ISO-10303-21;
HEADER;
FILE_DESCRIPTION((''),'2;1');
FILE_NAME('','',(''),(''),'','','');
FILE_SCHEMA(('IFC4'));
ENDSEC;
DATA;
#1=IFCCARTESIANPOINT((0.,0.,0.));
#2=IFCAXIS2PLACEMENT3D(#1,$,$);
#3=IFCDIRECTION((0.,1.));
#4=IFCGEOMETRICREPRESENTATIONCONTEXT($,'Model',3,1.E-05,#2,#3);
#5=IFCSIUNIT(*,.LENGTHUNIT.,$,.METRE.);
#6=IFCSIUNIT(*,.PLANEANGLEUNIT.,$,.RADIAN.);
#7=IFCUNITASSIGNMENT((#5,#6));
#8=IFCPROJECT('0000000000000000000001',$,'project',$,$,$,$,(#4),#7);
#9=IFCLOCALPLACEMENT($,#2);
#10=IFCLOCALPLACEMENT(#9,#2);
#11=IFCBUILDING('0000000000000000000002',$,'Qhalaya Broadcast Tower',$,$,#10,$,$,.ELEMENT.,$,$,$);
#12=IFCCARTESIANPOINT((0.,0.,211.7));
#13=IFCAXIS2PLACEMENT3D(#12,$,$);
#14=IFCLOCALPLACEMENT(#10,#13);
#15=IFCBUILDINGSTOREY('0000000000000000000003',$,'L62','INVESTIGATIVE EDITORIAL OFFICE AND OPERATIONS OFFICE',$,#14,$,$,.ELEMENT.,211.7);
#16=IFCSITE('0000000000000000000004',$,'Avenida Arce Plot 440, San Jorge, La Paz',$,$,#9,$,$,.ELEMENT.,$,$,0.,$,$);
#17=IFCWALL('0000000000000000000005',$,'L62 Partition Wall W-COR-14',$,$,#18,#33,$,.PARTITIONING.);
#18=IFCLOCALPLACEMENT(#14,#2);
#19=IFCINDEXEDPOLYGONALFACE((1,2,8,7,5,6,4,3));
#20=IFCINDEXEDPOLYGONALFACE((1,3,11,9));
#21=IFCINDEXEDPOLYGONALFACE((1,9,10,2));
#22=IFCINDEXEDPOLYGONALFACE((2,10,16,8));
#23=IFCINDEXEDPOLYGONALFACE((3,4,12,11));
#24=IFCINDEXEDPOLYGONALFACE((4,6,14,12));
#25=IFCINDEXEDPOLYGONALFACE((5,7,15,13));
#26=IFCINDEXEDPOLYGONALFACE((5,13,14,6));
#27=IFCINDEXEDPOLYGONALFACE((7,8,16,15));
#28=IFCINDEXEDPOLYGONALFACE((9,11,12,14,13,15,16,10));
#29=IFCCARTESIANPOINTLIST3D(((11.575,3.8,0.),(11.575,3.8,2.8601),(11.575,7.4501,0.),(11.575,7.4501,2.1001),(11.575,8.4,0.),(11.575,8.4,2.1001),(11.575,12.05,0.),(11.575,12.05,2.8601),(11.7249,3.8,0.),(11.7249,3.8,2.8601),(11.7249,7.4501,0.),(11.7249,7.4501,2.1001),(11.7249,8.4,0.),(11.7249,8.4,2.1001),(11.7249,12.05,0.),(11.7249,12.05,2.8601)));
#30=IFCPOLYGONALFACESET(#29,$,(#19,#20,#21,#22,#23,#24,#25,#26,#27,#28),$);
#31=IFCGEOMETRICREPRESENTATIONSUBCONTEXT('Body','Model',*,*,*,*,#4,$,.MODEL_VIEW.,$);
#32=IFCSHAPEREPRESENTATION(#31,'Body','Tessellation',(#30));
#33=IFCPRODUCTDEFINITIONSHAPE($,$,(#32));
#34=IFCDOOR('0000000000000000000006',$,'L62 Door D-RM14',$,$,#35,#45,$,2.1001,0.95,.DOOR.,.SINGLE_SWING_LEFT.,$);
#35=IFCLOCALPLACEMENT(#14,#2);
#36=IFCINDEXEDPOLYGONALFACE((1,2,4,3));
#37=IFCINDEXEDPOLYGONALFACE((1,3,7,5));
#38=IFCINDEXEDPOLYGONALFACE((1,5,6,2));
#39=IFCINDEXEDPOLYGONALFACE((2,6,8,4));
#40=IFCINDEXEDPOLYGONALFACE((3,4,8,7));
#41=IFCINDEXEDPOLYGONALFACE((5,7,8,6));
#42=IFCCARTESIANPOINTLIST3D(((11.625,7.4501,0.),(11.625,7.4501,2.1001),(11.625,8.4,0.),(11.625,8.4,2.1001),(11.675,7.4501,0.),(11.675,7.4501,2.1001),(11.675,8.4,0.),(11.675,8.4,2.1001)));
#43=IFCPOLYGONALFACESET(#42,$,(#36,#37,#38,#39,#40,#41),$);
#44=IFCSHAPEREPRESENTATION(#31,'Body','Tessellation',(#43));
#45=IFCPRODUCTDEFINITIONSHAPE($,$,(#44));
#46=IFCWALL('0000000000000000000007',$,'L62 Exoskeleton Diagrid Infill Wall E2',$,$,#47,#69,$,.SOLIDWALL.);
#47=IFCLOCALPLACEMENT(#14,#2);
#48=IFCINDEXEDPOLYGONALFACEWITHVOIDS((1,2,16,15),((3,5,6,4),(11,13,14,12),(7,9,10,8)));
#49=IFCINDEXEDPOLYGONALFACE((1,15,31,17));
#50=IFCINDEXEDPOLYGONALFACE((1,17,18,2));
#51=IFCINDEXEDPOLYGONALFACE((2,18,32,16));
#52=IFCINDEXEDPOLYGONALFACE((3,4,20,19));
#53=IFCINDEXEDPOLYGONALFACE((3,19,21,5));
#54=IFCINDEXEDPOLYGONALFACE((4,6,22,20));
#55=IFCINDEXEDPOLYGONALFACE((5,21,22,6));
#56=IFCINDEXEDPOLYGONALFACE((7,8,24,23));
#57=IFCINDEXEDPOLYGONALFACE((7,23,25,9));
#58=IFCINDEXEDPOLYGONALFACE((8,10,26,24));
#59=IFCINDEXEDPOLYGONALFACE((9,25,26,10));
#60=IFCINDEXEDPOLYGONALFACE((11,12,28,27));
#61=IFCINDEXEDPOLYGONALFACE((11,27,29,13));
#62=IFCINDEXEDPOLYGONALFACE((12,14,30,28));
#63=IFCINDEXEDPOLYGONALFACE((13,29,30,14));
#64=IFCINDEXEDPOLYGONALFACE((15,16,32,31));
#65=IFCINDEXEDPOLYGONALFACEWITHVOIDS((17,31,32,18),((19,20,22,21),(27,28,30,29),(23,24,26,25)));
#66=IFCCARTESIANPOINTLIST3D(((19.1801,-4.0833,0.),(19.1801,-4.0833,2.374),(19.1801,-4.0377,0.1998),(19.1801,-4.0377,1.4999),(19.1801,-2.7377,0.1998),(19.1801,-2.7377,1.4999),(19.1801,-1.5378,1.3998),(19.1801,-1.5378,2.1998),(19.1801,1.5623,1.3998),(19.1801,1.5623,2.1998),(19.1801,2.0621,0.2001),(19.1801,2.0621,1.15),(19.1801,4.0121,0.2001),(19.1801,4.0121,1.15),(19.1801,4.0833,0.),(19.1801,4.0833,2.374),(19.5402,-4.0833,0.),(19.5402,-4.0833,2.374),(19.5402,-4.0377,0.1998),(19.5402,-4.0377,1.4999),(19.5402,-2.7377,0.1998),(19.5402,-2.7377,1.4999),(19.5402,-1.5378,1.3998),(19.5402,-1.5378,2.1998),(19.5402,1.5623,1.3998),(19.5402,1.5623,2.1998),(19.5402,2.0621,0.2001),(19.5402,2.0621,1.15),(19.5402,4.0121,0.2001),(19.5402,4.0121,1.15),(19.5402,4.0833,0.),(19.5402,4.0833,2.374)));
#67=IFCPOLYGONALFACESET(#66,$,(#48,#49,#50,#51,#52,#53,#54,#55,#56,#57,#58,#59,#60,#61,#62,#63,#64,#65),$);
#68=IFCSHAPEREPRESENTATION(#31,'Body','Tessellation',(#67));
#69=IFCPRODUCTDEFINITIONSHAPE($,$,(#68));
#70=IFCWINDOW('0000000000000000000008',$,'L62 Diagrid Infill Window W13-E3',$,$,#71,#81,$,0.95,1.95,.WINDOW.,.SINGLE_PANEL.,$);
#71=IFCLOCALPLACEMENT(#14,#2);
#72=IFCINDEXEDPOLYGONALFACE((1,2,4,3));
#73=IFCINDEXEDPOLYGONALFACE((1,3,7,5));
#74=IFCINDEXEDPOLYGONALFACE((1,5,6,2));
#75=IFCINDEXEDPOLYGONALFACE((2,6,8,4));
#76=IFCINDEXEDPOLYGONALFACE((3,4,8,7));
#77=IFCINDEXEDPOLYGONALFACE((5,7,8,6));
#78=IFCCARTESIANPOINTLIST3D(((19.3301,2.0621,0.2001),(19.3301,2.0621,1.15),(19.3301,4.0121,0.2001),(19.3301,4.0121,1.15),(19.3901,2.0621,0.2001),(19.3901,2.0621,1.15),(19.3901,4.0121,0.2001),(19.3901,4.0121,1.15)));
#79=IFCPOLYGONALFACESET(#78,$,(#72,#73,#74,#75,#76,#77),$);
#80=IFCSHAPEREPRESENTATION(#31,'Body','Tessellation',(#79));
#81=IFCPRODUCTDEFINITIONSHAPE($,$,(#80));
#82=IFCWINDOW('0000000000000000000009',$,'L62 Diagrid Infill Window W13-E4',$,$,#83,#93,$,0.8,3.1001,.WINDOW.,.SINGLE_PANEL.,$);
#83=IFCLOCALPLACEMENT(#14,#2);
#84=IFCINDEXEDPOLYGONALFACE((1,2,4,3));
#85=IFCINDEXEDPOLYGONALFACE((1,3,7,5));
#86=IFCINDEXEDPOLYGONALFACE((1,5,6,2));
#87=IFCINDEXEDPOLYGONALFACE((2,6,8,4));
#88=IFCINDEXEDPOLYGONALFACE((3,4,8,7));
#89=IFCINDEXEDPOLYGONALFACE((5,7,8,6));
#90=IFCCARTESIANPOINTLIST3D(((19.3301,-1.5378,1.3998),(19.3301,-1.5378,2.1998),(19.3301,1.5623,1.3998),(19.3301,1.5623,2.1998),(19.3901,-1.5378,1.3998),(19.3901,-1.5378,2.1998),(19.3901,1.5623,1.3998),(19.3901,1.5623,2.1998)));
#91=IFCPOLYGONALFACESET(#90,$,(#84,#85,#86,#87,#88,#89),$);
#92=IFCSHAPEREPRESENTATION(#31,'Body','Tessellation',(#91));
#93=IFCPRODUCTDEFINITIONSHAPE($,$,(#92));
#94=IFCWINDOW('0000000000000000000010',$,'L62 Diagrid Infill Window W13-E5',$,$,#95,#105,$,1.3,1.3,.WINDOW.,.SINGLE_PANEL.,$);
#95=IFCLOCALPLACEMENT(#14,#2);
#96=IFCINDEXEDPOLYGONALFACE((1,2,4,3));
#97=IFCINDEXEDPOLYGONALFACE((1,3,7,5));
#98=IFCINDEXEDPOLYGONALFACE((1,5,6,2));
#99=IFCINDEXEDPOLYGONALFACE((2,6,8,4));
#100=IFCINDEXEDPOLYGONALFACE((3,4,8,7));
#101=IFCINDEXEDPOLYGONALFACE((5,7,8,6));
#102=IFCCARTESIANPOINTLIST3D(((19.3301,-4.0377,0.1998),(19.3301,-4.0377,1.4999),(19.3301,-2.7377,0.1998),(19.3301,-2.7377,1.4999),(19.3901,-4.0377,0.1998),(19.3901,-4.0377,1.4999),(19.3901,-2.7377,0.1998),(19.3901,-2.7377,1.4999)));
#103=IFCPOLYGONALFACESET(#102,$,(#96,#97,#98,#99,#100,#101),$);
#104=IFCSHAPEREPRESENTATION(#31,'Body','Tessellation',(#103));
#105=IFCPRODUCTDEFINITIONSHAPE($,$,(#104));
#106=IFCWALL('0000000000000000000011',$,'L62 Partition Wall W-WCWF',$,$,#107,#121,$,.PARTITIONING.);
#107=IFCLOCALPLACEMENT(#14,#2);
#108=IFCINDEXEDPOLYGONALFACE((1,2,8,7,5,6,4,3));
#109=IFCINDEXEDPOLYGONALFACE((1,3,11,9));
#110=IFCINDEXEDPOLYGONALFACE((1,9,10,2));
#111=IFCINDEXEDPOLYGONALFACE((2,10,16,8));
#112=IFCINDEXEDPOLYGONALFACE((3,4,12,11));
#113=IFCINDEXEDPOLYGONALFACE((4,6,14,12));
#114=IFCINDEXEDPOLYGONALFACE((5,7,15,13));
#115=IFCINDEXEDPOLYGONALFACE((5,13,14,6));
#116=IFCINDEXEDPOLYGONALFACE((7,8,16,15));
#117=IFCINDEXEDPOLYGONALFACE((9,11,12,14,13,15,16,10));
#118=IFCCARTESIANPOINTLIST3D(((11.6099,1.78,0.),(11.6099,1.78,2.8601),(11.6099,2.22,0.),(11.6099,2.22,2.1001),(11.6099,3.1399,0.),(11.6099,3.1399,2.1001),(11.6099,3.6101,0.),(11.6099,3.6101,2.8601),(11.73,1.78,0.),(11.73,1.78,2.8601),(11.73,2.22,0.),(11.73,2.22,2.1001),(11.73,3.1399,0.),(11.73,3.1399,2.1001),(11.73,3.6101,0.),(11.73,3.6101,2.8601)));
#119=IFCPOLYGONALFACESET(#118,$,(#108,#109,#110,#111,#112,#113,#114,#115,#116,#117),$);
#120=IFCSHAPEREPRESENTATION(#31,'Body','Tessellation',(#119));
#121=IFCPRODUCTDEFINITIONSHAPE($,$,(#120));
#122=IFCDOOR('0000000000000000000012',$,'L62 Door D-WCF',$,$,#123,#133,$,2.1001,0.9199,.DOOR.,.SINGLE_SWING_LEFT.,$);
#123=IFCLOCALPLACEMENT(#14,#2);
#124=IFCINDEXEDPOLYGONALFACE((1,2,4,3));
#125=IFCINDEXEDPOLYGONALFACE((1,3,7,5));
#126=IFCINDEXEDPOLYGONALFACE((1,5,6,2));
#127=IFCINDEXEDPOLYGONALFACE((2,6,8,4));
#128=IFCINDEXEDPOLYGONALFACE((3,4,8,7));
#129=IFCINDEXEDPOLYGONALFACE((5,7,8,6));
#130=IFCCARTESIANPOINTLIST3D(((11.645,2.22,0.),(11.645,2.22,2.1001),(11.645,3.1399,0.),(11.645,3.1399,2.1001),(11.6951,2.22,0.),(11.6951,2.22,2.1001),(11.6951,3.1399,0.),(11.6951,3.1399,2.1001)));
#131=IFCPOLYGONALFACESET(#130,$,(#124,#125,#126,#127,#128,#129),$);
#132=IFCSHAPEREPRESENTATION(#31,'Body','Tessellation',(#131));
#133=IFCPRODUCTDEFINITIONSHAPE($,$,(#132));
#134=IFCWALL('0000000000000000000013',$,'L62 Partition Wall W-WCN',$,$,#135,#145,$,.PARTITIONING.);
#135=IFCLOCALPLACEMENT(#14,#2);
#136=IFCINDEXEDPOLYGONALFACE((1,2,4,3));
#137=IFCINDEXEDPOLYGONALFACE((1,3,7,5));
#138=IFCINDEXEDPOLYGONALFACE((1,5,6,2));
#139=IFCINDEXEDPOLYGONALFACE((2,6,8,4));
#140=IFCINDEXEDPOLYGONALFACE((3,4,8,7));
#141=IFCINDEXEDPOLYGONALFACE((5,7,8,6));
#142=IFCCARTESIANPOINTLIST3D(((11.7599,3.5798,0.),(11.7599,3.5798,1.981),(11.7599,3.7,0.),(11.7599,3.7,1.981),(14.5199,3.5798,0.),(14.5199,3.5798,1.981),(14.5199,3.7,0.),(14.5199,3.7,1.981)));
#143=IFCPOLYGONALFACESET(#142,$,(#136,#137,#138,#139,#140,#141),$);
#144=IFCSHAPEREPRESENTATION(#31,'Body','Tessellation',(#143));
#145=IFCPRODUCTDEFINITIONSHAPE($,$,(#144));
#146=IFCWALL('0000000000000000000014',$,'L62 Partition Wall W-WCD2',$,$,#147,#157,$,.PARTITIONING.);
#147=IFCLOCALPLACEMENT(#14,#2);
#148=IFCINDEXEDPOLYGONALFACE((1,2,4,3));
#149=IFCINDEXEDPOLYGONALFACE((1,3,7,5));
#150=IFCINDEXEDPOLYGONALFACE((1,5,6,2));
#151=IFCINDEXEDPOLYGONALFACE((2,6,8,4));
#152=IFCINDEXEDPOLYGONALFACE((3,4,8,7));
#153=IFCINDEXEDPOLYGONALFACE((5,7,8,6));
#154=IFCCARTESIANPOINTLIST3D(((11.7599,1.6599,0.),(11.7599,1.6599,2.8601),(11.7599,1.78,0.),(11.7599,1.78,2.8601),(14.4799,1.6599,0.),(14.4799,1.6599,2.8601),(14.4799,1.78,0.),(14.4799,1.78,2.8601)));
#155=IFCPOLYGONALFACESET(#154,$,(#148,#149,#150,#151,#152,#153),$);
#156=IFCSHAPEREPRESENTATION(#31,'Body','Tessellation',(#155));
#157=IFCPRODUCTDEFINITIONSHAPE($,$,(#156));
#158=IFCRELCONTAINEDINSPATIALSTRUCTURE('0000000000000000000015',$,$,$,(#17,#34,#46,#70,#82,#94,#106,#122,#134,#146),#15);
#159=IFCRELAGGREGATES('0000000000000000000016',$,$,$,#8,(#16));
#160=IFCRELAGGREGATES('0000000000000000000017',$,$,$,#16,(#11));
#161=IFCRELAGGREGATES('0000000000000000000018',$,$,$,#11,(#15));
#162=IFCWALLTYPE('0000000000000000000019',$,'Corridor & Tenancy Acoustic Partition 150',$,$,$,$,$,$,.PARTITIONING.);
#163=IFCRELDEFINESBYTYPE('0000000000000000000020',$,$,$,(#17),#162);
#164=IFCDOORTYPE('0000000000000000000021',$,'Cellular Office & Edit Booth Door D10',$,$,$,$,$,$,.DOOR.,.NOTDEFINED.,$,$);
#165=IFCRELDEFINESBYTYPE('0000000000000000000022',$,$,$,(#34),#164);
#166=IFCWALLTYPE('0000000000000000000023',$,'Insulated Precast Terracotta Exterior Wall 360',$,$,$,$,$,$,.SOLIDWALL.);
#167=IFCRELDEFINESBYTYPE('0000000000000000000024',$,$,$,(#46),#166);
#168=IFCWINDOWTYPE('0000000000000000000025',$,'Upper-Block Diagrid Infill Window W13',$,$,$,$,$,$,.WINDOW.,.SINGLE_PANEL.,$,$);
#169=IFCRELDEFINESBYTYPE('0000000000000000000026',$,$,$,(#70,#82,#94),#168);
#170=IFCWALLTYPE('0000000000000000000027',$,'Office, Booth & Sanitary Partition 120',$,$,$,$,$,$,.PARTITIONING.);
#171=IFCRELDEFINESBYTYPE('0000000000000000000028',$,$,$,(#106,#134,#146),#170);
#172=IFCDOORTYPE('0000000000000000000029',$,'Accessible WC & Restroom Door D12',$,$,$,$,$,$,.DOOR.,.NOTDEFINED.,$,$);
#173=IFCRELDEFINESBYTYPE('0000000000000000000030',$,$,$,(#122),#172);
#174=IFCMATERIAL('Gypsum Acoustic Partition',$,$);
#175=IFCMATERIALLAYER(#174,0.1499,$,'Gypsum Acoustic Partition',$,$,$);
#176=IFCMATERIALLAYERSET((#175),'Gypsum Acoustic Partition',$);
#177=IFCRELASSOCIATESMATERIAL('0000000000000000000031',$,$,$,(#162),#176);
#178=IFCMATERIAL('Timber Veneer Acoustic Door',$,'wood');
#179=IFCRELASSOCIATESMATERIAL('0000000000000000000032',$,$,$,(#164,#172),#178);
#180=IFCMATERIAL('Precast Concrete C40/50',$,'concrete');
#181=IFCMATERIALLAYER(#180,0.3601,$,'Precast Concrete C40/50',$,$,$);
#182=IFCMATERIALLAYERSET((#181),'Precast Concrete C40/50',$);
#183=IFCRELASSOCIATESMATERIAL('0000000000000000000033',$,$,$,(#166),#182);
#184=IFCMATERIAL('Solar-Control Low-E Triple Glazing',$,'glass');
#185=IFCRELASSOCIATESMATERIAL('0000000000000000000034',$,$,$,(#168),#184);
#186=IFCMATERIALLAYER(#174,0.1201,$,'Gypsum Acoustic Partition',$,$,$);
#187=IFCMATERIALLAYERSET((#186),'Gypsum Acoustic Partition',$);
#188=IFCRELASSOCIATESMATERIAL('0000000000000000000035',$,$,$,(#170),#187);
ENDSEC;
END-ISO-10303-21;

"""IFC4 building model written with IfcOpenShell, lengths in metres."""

from ifc_helpers import new_model, si_unit, direction, frame, frame_2d, origin, place, context, subcontext, project, spatial, rectangle, extrude, material, layer, layer_set, type_object, element, fill, save


model = new_model("IFC4")

# Units and contexts
model_context = context("Model", 3, precision=1e-05, world=origin(), true_north=direction((0.0, 1.0)))
body_context = subcontext(model_context, "Body", "Model", "MODEL_VIEW")
ifc_project = project(units=[si_unit("LENGTHUNIT", "METRE"), si_unit("PLANEANGLEUNIT", "RADIAN")], contexts=[model_context])

# Site, building, storey
site_placement = place(None, origin())
site = spatial("IfcSite", under=ifc_project, at=site_placement, Name="Avenida Arce Plot 440, San Jorge, La Paz", CompositionType="ELEMENT", RefElevation=0.0)
building_placement = place(site_placement, origin())
building = spatial("IfcBuilding", under=site, at=building_placement, Name="Qhalaya Broadcast Tower", CompositionType="ELEMENT")
storey_placement = place(building_placement, frame((0.0, 0.0, 211.7)))
storey = spatial("IfcBuildingStorey", under=building, at=storey_placement, Name="L62", Description="INVESTIGATIVE EDITORIAL OFFICE AND OPERATIONS OFFICE", CompositionType="ELEMENT", Elevation=211.7)

# Wall, opening, door
ifc_material_1 = material(Name="Gypsum Acoustic Partition")
ifc_layer_1 = layer(ifc_material_1, 0.1499, Name="Gypsum Acoustic Partition")
ifc_layer_set_1 = layer_set([ifc_layer_1], Name="Gypsum Acoustic Partition")
wall_type_1 = type_object("IfcWallType", Name="Corridor & Tenancy Acoustic Partition 150", PredefinedType="PARTITIONING", material=ifc_layer_set_1)
wall_1_placement = place(storey_placement, frame((11.6499, 3.8, 0.0), z_axis=(0.0, 0.0, 1.0), x_axis=(0.0, 1.0, 0.0)))
wall_1 = element("IfcWall", 1, at=wall_1_placement, inside=storey, type_object=wall_type_1, Name="L62 Partition Wall W-COR-14", PredefinedType="PARTITIONING", context=body_context, shape_type="SweptSolid", body=[
    extrude(rectangle(XDim=8.25, YDim=0.1499, at=frame_2d((4.125, 0.0))), origin(), (0.0, 0.0, 1.0), 2.8601),
])
opening_1_placement = place(wall_1_placement, frame((3.6499, 0.0, 0.0)))
opening_1 = element("IfcOpeningElement", 2, at=opening_1_placement, cuts=wall_1, PredefinedType="OPENING", context=body_context, shape_type="SweptSolid", body=[
    extrude(rectangle(XDim=0.95, YDim=2.1001, at=frame_2d((0.4751, 1.05))), frame((0.0, 0.0869, 0.0), z_axis=(0.0, -1.0, 0.0), x_axis=(1.0, 0.0, 0.0)), (0.0, 0.0, 1.0), 0.1738),
])
ifc_material_2 = material(Name="Timber Veneer Acoustic Door", Category="wood")
door_type_1 = type_object("IfcDoorType", Name="Cellular Office & Edit Booth Door D10", OperationType="NOTDEFINED", PredefinedType="DOOR", material=ifc_material_2)
door_1_placement = place(opening_1_placement, origin())
door_1 = element("IfcDoor", 3, at=door_1_placement, inside=storey, type_object=door_type_1, Name="L62 Door D-RM14", OperationType="SINGLE_SWING_LEFT", OverallHeight=2.1001, OverallWidth=0.95, PredefinedType="DOOR", context=body_context, shape_type="SweptSolid", body=[
    extrude(rectangle(XDim=0.95, YDim=2.1001, at=frame_2d((0.4751, 1.05))), frame((0.0, 0.0249, 0.0), z_axis=(0.0, -1.0, 0.0), x_axis=(1.0, 0.0, 0.0)), (0.0, 0.0, 1.0), 0.05),
])
fill(opening_1, door_1)

# Wall, openings, windows
ifc_material_3 = material(Name="Precast Concrete C40/50", Category="concrete")
ifc_layer_2 = layer(ifc_material_3, 0.3601, Name="Precast Concrete C40/50")
ifc_layer_set_2 = layer_set([ifc_layer_2], Name="Precast Concrete C40/50")
wall_type_2 = type_object("IfcWallType", Name="Insulated Precast Terracotta Exterior Wall 360", PredefinedType="SOLIDWALL", material=ifc_layer_set_2)
wall_2_placement = place(storey_placement, frame((19.3601, 4.0833, 0.0), z_axis=(0.0, 0.0, 1.0), x_axis=(0.0, -1.0, 0.0)))
wall_2 = element("IfcWall", 4, at=wall_2_placement, inside=storey, type_object=wall_type_2, Name="L62 Exoskeleton Diagrid Infill Wall E2", PredefinedType="SOLIDWALL", context=body_context, shape_type="SweptSolid", body=[
    extrude(rectangle(XDim=8.1665, YDim=0.3601, at=frame_2d((4.0833, 0.0))), origin(), (0.0, 0.0, 1.0), 2.374),
])
opening_2_placement = place(wall_2_placement, frame((0.071, 0.0, 0.2)))
opening_2 = element("IfcOpeningElement", 5, at=opening_2_placement, cuts=wall_2, PredefinedType="OPENING", context=body_context, shape_type="SweptSolid", body=[
    extrude(rectangle(XDim=1.95, YDim=0.95, at=frame_2d((0.9751, 0.4751))), frame((0.0, 0.1921, 0.0), z_axis=(0.0, -1.0, 0.0), x_axis=(1.0, 0.0, 0.0)), (0.0, 0.0, 1.0), 0.384),
])
opening_3_placement = place(wall_2_placement, frame((2.521, 0.0, 1.3999)))
opening_3 = element("IfcOpeningElement", 6, at=opening_3_placement, cuts=wall_2, PredefinedType="OPENING", context=body_context, shape_type="SweptSolid", body=[
    extrude(rectangle(XDim=3.1001, YDim=0.8, at=frame_2d((1.55, 0.3999))), frame((0.0, 0.1921, 0.0), z_axis=(0.0, -1.0, 0.0), x_axis=(1.0, 0.0, 0.0)), (0.0, 0.0, 1.0), 0.384),
])
opening_4_placement = place(wall_2_placement, frame((6.821, 0.0, 0.2)))
opening_4 = element("IfcOpeningElement", 7, at=opening_4_placement, cuts=wall_2, PredefinedType="OPENING", context=body_context, shape_type="SweptSolid", body=[
    extrude(rectangle(XDim=1.3, YDim=1.3, at=frame_2d((0.6499, 0.6499))), frame((0.0, 0.1921, 0.0), z_axis=(0.0, -1.0, 0.0), x_axis=(1.0, 0.0, 0.0)), (0.0, 0.0, 1.0), 0.384),
])
ifc_material_4 = material(Name="Solar-Control Low-E Triple Glazing", Category="glass")
window_type = type_object("IfcWindowType", Name="Upper-Block Diagrid Infill Window W13", PartitioningType="SINGLE_PANEL", PredefinedType="WINDOW", material=ifc_material_4)
window_1_placement = place(opening_2_placement, origin())
window_1 = element("IfcWindow", 8, at=window_1_placement, inside=storey, type_object=window_type, Name="L62 Diagrid Infill Window W13-E3", OverallHeight=0.95, OverallWidth=1.95, PartitioningType="SINGLE_PANEL", PredefinedType="WINDOW", context=body_context, shape_type="SweptSolid", body=[
    extrude(rectangle(XDim=1.95, YDim=0.95, at=frame_2d((0.9751, 0.4751))), frame((0.0, 0.03, 0.0), z_axis=(0.0, -1.0, 0.0), x_axis=(1.0, 0.0, 0.0)), (0.0, 0.0, 1.0), 0.0601),
])
fill(opening_2, window_1)
window_2_placement = place(opening_3_placement, origin())
window_2 = element("IfcWindow", 9, at=window_2_placement, inside=storey, type_object=window_type, Name="L62 Diagrid Infill Window W13-E4", OverallHeight=0.8, OverallWidth=3.1001, PartitioningType="SINGLE_PANEL", PredefinedType="WINDOW", context=body_context, shape_type="SweptSolid", body=[
    extrude(rectangle(XDim=3.1001, YDim=0.8, at=frame_2d((1.55, 0.3999))), frame((0.0, 0.03, 0.0), z_axis=(0.0, -1.0, 0.0), x_axis=(1.0, 0.0, 0.0)), (0.0, 0.0, 1.0), 0.0601),
])
fill(opening_3, window_2)
window_3_placement = place(opening_4_placement, origin())
window_3 = element("IfcWindow", 10, at=window_3_placement, inside=storey, type_object=window_type, Name="L62 Diagrid Infill Window W13-E5", OverallHeight=1.3, OverallWidth=1.3, PartitioningType="SINGLE_PANEL", PredefinedType="WINDOW", context=body_context, shape_type="SweptSolid", body=[
    extrude(rectangle(XDim=1.3, YDim=1.3, at=frame_2d((0.6499, 0.6499))), frame((0.0, 0.03, 0.0), z_axis=(0.0, -1.0, 0.0), x_axis=(1.0, 0.0, 0.0)), (0.0, 0.0, 1.0), 0.0601),
])
fill(opening_4, window_3)

# Wall, opening, door
ifc_layer_3 = layer(ifc_material_1, 0.1201, Name="Gypsum Acoustic Partition")
ifc_layer_set_3 = layer_set([ifc_layer_3], Name="Gypsum Acoustic Partition")
wall_type_3 = type_object("IfcWallType", Name="Office, Booth & Sanitary Partition 120", PredefinedType="PARTITIONING", material=ifc_layer_set_3)
wall_3_placement = place(storey_placement, frame((11.6699, 1.78, 0.0), z_axis=(0.0, 0.0, 1.0), x_axis=(0.0, 1.0, 0.0)))
wall_3 = element("IfcWall", 11, at=wall_3_placement, inside=storey, type_object=wall_type_3, Name="L62 Partition Wall W-WCWF", PredefinedType="PARTITIONING", context=body_context, shape_type="SweptSolid", body=[
    extrude(rectangle(XDim=1.8301, YDim=0.1201, at=frame_2d((0.915, 0.0))), origin(), (0.0, 0.0, 1.0), 2.8601),
])
opening_5_placement = place(wall_3_placement, frame((0.4399, 0.0, 0.0)))
opening_5 = element("IfcOpeningElement", 12, at=opening_5_placement, cuts=wall_3, PredefinedType="OPENING", context=body_context, shape_type="SweptSolid", body=[
    extrude(rectangle(XDim=0.9199, YDim=2.1001, at=frame_2d((0.46, 1.05))), frame((0.0, 0.072, 0.0), z_axis=(0.0, -1.0, 0.0), x_axis=(1.0, 0.0, 0.0)), (0.0, 0.0, 1.0), 0.144),
])
door_type_2 = type_object("IfcDoorType", Name="Accessible WC & Restroom Door D12", OperationType="NOTDEFINED", PredefinedType="DOOR", material=ifc_material_2)
door_2_placement = place(opening_5_placement, origin())
door_2 = element("IfcDoor", 13, at=door_2_placement, inside=storey, type_object=door_type_2, Name="L62 Door D-WCF", OperationType="SINGLE_SWING_LEFT", OverallHeight=2.1001, OverallWidth=0.9199, PredefinedType="DOOR", context=body_context, shape_type="SweptSolid", body=[
    extrude(rectangle(XDim=0.9199, YDim=2.1001, at=frame_2d((0.46, 1.05))), frame((0.0, 0.0249, 0.0), z_axis=(0.0, -1.0, 0.0), x_axis=(1.0, 0.0, 0.0)), (0.0, 0.0, 1.0), 0.05),
])
fill(opening_5, door_2)

# Walls
wall_4_placement = place(storey_placement, frame((11.76, 3.6399, 0.0), z_axis=(0.0, 0.0, 1.0), x_axis=(1.0, 0.0, 0.0)))
element("IfcWall", 14, at=wall_4_placement, inside=storey, type_object=wall_type_3, Name="L62 Partition Wall W-WCN", PredefinedType="PARTITIONING", context=body_context, shape_type="SweptSolid", body=[
    extrude(rectangle(XDim=2.76, YDim=0.1201, at=frame_2d((1.3799, 0.0))), origin(), (0.0, 0.0, 1.0), 1.981),
])
wall_5_placement = place(storey_placement, frame((11.76, 1.72, 0.0), z_axis=(0.0, 0.0, 1.0), x_axis=(1.0, 0.0, 0.0)))
element("IfcWall", 15, at=wall_5_placement, inside=storey, type_object=wall_type_3, Name="L62 Partition Wall W-WCD2", PredefinedType="PARTITIONING", context=body_context, shape_type="SweptSolid", body=[
    extrude(rectangle(XDim=2.72, YDim=0.1201, at=frame_2d((1.3599, 0.0))), origin(), (0.0, 0.0, 1.0), 2.8601),
])

save(model, "model.ifc")
